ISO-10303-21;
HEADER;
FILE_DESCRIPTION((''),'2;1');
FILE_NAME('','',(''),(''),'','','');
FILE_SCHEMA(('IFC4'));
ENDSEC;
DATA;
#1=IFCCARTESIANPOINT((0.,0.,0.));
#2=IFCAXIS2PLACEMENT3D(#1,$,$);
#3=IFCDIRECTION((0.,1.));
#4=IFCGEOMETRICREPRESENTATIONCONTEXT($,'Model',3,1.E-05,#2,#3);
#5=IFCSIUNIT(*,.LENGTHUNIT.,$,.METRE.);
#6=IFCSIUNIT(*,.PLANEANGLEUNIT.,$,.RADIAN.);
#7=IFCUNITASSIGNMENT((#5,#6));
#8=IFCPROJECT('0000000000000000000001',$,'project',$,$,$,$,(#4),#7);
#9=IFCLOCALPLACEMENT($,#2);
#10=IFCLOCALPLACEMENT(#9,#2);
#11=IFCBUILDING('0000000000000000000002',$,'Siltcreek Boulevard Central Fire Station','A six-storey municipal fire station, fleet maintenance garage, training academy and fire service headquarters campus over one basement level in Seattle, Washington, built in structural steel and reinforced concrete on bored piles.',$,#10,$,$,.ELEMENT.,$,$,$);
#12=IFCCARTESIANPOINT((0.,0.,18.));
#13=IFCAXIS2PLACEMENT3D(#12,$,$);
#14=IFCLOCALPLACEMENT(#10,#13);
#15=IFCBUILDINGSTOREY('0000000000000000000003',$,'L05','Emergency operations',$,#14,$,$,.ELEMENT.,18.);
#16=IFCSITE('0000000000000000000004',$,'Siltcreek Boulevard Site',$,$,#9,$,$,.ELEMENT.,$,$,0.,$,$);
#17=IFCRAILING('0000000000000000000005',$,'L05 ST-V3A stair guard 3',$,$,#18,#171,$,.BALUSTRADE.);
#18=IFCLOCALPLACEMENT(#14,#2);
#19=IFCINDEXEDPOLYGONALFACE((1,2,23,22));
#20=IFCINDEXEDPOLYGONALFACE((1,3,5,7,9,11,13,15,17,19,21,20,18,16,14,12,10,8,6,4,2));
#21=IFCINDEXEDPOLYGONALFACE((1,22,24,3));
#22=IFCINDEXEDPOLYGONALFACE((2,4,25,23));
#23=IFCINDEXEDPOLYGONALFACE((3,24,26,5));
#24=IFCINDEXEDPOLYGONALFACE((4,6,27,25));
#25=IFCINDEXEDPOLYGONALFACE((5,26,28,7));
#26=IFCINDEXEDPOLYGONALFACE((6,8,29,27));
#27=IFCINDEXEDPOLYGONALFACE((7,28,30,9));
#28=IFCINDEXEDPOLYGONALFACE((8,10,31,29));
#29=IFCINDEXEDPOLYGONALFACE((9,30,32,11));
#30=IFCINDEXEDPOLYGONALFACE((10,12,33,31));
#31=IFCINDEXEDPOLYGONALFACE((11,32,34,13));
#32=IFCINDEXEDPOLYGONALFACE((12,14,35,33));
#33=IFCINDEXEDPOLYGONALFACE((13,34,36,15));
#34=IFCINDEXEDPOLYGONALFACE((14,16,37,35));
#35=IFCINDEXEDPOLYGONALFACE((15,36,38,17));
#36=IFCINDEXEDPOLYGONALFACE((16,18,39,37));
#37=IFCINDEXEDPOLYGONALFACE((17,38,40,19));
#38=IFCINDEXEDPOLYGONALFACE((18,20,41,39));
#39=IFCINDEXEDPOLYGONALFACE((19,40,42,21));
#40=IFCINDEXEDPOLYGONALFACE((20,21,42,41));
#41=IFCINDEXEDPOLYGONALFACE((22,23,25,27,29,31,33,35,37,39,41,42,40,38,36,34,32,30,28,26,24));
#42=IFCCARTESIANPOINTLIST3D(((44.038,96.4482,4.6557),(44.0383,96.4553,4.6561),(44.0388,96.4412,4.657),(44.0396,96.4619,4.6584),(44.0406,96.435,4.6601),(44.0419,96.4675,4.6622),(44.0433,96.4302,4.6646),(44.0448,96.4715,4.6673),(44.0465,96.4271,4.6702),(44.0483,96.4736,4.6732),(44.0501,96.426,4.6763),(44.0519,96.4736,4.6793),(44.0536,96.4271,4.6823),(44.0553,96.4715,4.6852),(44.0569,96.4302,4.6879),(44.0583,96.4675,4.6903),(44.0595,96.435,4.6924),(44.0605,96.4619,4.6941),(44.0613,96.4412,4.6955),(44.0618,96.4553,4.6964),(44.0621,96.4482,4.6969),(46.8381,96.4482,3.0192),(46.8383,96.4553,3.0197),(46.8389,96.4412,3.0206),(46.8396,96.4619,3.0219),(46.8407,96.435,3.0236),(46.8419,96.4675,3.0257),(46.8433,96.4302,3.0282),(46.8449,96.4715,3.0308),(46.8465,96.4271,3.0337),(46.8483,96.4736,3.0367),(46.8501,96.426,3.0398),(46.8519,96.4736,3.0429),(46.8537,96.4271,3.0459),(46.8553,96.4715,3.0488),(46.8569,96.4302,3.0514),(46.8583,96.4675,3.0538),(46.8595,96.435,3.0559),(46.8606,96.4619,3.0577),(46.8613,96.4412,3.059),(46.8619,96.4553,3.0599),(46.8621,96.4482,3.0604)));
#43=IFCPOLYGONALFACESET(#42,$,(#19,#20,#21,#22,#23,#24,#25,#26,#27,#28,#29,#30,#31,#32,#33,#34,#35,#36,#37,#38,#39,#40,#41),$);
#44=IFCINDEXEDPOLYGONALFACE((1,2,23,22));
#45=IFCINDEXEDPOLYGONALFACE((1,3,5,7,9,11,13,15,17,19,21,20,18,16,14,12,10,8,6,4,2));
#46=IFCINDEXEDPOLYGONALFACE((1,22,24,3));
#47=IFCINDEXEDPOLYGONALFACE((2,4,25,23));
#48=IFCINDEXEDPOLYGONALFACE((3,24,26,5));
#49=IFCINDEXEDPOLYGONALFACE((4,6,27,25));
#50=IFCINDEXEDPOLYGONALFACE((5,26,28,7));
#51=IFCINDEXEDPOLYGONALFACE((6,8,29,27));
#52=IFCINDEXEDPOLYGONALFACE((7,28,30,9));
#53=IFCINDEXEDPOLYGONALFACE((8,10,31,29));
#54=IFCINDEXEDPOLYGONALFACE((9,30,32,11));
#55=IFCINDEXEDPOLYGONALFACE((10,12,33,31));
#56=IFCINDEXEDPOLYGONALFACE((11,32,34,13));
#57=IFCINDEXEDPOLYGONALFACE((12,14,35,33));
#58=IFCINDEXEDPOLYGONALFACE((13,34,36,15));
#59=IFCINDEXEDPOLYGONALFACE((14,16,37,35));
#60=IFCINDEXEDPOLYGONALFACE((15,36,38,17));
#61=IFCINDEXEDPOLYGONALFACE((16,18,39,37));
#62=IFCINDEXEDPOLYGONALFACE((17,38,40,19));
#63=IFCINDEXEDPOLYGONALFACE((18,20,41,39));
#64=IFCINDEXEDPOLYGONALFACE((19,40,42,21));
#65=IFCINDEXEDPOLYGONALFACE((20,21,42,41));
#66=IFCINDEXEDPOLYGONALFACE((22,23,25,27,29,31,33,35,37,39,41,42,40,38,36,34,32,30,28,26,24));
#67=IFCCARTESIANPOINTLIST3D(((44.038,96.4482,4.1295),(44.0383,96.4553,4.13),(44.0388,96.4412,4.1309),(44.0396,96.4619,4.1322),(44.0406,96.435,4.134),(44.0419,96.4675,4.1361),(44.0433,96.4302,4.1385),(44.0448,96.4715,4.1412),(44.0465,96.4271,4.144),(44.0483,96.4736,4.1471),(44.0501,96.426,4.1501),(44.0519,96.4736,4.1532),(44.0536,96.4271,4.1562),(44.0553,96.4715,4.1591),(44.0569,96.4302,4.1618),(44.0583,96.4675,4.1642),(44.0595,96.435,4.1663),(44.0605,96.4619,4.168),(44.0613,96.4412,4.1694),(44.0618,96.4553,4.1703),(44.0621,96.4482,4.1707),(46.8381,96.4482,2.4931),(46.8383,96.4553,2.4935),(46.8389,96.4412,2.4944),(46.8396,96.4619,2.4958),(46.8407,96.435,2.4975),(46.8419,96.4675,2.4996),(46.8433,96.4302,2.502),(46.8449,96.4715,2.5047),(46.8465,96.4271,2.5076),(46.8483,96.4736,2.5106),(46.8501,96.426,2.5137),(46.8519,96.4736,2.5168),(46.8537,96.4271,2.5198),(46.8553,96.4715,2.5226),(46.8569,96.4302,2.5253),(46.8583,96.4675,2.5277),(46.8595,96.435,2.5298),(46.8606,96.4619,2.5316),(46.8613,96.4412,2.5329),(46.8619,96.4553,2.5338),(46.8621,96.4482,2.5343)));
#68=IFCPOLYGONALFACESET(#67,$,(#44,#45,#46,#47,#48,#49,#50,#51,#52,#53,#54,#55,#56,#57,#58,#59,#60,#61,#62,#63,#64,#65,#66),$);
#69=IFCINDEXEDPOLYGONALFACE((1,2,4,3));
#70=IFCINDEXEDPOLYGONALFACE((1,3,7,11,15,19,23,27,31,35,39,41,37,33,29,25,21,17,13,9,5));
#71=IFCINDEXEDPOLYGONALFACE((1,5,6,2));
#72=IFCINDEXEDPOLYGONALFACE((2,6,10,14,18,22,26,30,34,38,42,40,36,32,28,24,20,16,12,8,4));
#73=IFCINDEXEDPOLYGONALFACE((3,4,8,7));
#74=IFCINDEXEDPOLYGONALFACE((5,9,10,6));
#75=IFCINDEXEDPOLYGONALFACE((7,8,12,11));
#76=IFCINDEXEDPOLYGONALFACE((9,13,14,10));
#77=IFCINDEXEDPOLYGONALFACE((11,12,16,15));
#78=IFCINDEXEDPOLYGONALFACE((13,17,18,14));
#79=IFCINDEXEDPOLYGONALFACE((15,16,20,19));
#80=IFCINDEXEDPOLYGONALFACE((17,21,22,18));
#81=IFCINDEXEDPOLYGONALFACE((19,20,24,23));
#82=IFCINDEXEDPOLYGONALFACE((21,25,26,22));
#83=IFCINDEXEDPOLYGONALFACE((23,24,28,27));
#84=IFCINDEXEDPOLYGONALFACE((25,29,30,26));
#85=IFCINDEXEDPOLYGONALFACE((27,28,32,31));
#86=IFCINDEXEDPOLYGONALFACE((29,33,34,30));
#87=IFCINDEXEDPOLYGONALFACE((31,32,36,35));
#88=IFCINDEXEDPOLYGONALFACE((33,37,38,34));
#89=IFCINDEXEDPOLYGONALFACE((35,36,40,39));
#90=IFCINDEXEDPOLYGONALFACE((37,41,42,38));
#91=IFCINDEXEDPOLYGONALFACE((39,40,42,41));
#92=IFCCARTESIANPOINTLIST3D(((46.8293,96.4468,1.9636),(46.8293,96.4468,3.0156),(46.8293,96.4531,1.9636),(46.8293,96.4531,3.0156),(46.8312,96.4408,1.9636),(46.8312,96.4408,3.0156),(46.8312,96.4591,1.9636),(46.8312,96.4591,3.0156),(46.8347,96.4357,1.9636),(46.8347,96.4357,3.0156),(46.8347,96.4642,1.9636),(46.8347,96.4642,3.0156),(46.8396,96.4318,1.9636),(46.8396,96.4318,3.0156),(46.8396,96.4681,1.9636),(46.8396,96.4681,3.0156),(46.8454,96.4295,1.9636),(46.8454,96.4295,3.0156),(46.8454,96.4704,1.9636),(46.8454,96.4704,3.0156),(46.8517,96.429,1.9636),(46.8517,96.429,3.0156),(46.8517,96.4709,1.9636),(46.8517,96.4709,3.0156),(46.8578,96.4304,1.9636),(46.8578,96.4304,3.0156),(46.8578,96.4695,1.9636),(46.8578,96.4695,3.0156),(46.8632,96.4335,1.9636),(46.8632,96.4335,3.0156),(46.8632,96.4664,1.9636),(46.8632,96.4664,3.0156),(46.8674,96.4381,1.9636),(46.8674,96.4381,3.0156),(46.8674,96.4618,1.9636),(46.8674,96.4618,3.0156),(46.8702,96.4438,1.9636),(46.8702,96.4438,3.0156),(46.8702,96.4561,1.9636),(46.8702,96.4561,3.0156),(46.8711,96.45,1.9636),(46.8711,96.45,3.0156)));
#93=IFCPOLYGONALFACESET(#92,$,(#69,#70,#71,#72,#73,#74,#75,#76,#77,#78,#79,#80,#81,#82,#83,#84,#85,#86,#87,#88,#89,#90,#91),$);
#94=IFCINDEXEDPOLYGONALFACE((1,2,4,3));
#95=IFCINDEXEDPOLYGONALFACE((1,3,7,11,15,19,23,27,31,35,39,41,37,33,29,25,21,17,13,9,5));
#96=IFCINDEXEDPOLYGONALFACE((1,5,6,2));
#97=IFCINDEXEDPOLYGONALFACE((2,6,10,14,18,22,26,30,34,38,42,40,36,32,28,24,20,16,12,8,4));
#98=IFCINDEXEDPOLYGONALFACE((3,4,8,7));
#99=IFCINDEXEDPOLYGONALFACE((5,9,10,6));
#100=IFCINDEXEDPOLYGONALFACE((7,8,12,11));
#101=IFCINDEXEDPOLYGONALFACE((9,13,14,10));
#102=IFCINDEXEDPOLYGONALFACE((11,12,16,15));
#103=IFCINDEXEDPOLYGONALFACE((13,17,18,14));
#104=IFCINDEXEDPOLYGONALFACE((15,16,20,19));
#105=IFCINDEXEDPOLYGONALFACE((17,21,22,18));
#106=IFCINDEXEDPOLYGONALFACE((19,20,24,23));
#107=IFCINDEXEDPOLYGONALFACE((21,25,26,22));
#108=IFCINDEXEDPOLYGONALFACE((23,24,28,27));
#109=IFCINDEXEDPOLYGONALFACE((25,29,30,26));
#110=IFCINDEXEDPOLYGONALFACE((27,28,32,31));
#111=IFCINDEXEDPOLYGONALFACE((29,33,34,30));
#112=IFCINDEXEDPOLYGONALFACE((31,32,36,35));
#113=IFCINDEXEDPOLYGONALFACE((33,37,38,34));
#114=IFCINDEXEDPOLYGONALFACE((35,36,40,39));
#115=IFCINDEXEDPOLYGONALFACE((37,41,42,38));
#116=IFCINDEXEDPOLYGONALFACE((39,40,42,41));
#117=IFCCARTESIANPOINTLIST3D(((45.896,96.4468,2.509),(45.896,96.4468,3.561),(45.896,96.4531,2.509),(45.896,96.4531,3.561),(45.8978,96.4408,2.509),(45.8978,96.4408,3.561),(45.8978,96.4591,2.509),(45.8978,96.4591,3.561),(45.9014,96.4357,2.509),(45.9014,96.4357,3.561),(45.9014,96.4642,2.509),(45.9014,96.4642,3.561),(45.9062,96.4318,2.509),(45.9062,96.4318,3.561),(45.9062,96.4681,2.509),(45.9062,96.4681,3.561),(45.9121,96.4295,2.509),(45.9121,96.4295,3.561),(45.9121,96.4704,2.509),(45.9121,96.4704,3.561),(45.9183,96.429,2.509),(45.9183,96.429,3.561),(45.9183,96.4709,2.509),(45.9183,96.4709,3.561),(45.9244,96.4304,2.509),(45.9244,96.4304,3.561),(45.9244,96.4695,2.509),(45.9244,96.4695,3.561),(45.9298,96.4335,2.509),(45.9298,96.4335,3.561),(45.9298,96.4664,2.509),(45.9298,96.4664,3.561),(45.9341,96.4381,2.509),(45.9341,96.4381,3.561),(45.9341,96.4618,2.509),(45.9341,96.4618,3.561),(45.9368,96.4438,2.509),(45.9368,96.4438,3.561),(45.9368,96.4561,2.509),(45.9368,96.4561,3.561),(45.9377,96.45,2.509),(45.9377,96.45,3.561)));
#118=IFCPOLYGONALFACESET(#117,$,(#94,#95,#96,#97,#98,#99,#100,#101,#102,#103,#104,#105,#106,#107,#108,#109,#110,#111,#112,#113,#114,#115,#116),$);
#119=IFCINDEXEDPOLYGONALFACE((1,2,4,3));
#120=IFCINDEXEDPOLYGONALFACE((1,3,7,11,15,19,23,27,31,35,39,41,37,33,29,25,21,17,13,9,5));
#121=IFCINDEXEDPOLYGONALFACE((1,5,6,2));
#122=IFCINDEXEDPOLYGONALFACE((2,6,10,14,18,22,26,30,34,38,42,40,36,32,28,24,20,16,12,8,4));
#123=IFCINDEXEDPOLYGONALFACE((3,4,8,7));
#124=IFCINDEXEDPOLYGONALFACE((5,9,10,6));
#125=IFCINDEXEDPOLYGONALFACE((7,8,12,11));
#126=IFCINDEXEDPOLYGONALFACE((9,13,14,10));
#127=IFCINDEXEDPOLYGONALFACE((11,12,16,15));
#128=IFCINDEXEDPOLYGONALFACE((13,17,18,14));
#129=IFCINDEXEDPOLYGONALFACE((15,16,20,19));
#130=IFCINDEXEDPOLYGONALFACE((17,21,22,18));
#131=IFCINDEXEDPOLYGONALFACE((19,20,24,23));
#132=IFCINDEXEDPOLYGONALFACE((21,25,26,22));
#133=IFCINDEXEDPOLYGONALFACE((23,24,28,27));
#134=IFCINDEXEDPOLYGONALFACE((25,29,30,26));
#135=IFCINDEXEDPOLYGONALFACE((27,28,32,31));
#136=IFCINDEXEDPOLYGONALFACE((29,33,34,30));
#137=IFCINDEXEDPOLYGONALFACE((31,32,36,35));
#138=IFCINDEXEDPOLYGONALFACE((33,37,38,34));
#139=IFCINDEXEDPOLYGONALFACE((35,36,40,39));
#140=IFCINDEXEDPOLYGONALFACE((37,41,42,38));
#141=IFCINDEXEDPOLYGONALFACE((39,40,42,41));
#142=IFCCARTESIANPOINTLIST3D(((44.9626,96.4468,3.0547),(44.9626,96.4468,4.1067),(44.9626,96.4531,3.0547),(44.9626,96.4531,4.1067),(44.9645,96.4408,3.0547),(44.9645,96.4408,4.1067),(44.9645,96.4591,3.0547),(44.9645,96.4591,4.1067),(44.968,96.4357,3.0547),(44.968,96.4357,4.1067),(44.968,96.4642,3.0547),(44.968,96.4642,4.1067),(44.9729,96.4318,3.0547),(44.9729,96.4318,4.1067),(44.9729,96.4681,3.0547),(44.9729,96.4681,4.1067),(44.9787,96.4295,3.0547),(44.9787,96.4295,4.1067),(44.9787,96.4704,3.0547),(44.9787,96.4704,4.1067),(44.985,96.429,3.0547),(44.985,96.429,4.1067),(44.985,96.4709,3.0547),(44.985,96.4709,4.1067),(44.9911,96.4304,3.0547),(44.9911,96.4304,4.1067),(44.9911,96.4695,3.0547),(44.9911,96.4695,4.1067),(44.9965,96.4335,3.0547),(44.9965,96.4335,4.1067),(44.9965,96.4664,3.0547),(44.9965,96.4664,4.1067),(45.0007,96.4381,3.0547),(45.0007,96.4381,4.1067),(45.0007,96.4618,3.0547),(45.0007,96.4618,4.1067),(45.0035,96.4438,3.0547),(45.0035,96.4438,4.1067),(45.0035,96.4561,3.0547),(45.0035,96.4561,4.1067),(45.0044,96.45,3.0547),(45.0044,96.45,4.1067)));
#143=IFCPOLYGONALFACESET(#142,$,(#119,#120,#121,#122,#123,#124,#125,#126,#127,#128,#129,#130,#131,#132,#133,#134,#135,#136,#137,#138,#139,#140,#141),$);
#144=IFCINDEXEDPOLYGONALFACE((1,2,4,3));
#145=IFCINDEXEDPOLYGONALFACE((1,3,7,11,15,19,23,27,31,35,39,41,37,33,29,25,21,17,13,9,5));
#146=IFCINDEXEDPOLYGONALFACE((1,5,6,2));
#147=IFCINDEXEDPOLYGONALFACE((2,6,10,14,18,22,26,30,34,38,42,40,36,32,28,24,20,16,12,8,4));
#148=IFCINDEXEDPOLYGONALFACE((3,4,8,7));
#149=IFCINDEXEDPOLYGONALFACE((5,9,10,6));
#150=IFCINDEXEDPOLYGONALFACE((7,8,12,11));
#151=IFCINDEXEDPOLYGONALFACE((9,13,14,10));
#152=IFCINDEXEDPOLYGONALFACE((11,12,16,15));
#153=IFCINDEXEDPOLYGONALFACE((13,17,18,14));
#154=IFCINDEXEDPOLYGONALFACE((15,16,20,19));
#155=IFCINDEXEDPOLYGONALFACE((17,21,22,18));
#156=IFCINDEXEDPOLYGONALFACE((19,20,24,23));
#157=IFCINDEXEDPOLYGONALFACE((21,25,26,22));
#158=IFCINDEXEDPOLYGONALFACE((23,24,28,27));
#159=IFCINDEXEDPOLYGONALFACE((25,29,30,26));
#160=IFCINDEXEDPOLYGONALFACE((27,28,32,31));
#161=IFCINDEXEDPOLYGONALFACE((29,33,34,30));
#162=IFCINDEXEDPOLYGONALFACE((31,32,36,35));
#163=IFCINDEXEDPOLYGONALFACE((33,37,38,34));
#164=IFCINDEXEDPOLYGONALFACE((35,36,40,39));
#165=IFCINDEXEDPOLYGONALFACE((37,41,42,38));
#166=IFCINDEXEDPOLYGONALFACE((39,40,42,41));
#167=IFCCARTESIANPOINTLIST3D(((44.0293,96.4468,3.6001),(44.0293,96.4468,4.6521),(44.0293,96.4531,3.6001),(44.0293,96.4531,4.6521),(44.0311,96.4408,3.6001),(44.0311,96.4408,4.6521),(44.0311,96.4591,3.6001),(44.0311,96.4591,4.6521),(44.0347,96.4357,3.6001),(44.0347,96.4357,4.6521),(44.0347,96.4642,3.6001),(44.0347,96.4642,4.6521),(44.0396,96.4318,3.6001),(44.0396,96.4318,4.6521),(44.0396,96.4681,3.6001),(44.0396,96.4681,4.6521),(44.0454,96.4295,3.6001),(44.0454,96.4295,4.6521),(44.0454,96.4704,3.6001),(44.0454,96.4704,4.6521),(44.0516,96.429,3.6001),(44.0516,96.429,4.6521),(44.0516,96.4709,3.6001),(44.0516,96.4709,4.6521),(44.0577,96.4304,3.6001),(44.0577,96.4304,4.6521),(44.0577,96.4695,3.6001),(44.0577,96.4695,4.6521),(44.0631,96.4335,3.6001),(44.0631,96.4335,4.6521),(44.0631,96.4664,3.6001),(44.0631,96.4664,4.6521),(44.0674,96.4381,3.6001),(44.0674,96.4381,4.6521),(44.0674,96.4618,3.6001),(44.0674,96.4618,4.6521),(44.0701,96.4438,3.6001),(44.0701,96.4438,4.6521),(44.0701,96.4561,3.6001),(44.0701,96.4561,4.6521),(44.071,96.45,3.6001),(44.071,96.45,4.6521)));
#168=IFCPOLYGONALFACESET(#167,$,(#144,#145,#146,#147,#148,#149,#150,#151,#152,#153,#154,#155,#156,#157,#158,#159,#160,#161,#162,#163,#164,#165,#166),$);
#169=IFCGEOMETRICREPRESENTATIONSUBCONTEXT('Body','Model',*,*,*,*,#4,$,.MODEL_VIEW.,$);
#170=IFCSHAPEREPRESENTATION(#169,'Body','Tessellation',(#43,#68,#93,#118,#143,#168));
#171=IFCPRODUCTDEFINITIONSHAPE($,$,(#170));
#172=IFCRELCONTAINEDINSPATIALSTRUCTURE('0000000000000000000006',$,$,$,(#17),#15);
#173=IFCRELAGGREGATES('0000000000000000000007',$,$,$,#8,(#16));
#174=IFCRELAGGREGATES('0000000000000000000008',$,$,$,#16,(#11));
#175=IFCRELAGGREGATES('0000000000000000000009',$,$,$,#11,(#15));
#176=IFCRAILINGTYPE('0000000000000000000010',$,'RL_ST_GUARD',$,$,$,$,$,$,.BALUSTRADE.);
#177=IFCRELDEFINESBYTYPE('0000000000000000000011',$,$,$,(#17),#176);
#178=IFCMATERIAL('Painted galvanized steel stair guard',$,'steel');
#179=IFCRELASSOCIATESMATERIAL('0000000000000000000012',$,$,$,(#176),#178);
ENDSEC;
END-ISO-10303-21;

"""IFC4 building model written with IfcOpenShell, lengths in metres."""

from ifc_helpers import new_model, si_unit, direction, frame, origin, origin_2d, place, context, subcontext, project, spatial, circle, extrude, material, type_object, element, save


model = new_model("IFC4")

# Units and contexts
model_context = context("Model", 3, precision=1e-05, world=origin(), true_north=direction((0.0, 1.0)))
body_context = subcontext(model_context, "Body", "Model", "MODEL_VIEW")
ifc_project = project(units=[si_unit("LENGTHUNIT", "METRE"), si_unit("PLANEANGLEUNIT", "RADIAN")], contexts=[model_context])

# Site, building, storey
site_placement = place(None, origin())
site = spatial("IfcSite", under=ifc_project, at=site_placement, Name="Siltcreek Boulevard Site", CompositionType="ELEMENT", RefElevation=0.0)
building_placement = place(site_placement, origin())
building = spatial("IfcBuilding", under=site, at=building_placement, Name="Siltcreek Boulevard Central Fire Station", Description="A six-storey municipal fire station, fleet maintenance garage, training academy and fire service headquarters campus over one basement level in Seattle, Washington, built in structural steel and reinforced concrete on bored piles.", CompositionType="ELEMENT")
storey_placement = place(building_placement, frame((0.0, 0.0, 18.0)))
storey = spatial("IfcBuildingStorey", under=building, at=storey_placement, Name="L05", Description="Emergency operations", CompositionType="ELEMENT", Elevation=18.0)

# Railing
ifc_material_1 = material(Name="Painted galvanized steel stair guard", Category="steel")
railing_type_1 = type_object("IfcRailingType", Name="RL_ST_GUARD", PredefinedType="BALUSTRADE", material=ifc_material_1)
railing_1_placement = place(storey_placement, frame((46.8501, 96.45, 1.9636)))
element("IfcRailing", 1, at=railing_1_placement, inside=storey, type_object=railing_type_1, Name="L05 ST-V3A stair guard 3", PredefinedType="BALUSTRADE", context=body_context, shape_type="SweptSolid", body=[
    extrude(circle(Radius=0.0239, at=origin_2d()), frame((0.0, 0.0, 1.0762), z_axis=(-0.863361, 0.0, 0.504587), x_axis=(0.0, -1.0, 0.0)), (0.0, 0.0, 1.0), 3.2432),
    extrude(circle(Radius=0.0239, at=origin_2d()), frame((0.0, 0.0, 0.55), z_axis=(-0.863361, 0.0, 0.504587), x_axis=(0.0, -1.0, 0.0)), (0.0, 0.0, 1.0), 3.2432),
    extrude(circle(Radius=0.021, at=origin_2d()), origin(), (0.0, 0.0, 1.0), 1.052),
    extrude(circle(Radius=0.021, at=origin_2d()), frame((-0.9333, 0.0, 0.5454)), (0.0, 0.0, 1.0), 1.052),
    extrude(circle(Radius=0.021, at=origin_2d()), frame((-1.8667, 0.0, 1.0911)), (0.0, 0.0, 1.0), 1.052),
    extrude(circle(Radius=0.021, at=origin_2d()), frame((-2.8, 0.0, 1.6365)), (0.0, 0.0, 1.0), 1.052),
])

save(model, "model.ifc")
